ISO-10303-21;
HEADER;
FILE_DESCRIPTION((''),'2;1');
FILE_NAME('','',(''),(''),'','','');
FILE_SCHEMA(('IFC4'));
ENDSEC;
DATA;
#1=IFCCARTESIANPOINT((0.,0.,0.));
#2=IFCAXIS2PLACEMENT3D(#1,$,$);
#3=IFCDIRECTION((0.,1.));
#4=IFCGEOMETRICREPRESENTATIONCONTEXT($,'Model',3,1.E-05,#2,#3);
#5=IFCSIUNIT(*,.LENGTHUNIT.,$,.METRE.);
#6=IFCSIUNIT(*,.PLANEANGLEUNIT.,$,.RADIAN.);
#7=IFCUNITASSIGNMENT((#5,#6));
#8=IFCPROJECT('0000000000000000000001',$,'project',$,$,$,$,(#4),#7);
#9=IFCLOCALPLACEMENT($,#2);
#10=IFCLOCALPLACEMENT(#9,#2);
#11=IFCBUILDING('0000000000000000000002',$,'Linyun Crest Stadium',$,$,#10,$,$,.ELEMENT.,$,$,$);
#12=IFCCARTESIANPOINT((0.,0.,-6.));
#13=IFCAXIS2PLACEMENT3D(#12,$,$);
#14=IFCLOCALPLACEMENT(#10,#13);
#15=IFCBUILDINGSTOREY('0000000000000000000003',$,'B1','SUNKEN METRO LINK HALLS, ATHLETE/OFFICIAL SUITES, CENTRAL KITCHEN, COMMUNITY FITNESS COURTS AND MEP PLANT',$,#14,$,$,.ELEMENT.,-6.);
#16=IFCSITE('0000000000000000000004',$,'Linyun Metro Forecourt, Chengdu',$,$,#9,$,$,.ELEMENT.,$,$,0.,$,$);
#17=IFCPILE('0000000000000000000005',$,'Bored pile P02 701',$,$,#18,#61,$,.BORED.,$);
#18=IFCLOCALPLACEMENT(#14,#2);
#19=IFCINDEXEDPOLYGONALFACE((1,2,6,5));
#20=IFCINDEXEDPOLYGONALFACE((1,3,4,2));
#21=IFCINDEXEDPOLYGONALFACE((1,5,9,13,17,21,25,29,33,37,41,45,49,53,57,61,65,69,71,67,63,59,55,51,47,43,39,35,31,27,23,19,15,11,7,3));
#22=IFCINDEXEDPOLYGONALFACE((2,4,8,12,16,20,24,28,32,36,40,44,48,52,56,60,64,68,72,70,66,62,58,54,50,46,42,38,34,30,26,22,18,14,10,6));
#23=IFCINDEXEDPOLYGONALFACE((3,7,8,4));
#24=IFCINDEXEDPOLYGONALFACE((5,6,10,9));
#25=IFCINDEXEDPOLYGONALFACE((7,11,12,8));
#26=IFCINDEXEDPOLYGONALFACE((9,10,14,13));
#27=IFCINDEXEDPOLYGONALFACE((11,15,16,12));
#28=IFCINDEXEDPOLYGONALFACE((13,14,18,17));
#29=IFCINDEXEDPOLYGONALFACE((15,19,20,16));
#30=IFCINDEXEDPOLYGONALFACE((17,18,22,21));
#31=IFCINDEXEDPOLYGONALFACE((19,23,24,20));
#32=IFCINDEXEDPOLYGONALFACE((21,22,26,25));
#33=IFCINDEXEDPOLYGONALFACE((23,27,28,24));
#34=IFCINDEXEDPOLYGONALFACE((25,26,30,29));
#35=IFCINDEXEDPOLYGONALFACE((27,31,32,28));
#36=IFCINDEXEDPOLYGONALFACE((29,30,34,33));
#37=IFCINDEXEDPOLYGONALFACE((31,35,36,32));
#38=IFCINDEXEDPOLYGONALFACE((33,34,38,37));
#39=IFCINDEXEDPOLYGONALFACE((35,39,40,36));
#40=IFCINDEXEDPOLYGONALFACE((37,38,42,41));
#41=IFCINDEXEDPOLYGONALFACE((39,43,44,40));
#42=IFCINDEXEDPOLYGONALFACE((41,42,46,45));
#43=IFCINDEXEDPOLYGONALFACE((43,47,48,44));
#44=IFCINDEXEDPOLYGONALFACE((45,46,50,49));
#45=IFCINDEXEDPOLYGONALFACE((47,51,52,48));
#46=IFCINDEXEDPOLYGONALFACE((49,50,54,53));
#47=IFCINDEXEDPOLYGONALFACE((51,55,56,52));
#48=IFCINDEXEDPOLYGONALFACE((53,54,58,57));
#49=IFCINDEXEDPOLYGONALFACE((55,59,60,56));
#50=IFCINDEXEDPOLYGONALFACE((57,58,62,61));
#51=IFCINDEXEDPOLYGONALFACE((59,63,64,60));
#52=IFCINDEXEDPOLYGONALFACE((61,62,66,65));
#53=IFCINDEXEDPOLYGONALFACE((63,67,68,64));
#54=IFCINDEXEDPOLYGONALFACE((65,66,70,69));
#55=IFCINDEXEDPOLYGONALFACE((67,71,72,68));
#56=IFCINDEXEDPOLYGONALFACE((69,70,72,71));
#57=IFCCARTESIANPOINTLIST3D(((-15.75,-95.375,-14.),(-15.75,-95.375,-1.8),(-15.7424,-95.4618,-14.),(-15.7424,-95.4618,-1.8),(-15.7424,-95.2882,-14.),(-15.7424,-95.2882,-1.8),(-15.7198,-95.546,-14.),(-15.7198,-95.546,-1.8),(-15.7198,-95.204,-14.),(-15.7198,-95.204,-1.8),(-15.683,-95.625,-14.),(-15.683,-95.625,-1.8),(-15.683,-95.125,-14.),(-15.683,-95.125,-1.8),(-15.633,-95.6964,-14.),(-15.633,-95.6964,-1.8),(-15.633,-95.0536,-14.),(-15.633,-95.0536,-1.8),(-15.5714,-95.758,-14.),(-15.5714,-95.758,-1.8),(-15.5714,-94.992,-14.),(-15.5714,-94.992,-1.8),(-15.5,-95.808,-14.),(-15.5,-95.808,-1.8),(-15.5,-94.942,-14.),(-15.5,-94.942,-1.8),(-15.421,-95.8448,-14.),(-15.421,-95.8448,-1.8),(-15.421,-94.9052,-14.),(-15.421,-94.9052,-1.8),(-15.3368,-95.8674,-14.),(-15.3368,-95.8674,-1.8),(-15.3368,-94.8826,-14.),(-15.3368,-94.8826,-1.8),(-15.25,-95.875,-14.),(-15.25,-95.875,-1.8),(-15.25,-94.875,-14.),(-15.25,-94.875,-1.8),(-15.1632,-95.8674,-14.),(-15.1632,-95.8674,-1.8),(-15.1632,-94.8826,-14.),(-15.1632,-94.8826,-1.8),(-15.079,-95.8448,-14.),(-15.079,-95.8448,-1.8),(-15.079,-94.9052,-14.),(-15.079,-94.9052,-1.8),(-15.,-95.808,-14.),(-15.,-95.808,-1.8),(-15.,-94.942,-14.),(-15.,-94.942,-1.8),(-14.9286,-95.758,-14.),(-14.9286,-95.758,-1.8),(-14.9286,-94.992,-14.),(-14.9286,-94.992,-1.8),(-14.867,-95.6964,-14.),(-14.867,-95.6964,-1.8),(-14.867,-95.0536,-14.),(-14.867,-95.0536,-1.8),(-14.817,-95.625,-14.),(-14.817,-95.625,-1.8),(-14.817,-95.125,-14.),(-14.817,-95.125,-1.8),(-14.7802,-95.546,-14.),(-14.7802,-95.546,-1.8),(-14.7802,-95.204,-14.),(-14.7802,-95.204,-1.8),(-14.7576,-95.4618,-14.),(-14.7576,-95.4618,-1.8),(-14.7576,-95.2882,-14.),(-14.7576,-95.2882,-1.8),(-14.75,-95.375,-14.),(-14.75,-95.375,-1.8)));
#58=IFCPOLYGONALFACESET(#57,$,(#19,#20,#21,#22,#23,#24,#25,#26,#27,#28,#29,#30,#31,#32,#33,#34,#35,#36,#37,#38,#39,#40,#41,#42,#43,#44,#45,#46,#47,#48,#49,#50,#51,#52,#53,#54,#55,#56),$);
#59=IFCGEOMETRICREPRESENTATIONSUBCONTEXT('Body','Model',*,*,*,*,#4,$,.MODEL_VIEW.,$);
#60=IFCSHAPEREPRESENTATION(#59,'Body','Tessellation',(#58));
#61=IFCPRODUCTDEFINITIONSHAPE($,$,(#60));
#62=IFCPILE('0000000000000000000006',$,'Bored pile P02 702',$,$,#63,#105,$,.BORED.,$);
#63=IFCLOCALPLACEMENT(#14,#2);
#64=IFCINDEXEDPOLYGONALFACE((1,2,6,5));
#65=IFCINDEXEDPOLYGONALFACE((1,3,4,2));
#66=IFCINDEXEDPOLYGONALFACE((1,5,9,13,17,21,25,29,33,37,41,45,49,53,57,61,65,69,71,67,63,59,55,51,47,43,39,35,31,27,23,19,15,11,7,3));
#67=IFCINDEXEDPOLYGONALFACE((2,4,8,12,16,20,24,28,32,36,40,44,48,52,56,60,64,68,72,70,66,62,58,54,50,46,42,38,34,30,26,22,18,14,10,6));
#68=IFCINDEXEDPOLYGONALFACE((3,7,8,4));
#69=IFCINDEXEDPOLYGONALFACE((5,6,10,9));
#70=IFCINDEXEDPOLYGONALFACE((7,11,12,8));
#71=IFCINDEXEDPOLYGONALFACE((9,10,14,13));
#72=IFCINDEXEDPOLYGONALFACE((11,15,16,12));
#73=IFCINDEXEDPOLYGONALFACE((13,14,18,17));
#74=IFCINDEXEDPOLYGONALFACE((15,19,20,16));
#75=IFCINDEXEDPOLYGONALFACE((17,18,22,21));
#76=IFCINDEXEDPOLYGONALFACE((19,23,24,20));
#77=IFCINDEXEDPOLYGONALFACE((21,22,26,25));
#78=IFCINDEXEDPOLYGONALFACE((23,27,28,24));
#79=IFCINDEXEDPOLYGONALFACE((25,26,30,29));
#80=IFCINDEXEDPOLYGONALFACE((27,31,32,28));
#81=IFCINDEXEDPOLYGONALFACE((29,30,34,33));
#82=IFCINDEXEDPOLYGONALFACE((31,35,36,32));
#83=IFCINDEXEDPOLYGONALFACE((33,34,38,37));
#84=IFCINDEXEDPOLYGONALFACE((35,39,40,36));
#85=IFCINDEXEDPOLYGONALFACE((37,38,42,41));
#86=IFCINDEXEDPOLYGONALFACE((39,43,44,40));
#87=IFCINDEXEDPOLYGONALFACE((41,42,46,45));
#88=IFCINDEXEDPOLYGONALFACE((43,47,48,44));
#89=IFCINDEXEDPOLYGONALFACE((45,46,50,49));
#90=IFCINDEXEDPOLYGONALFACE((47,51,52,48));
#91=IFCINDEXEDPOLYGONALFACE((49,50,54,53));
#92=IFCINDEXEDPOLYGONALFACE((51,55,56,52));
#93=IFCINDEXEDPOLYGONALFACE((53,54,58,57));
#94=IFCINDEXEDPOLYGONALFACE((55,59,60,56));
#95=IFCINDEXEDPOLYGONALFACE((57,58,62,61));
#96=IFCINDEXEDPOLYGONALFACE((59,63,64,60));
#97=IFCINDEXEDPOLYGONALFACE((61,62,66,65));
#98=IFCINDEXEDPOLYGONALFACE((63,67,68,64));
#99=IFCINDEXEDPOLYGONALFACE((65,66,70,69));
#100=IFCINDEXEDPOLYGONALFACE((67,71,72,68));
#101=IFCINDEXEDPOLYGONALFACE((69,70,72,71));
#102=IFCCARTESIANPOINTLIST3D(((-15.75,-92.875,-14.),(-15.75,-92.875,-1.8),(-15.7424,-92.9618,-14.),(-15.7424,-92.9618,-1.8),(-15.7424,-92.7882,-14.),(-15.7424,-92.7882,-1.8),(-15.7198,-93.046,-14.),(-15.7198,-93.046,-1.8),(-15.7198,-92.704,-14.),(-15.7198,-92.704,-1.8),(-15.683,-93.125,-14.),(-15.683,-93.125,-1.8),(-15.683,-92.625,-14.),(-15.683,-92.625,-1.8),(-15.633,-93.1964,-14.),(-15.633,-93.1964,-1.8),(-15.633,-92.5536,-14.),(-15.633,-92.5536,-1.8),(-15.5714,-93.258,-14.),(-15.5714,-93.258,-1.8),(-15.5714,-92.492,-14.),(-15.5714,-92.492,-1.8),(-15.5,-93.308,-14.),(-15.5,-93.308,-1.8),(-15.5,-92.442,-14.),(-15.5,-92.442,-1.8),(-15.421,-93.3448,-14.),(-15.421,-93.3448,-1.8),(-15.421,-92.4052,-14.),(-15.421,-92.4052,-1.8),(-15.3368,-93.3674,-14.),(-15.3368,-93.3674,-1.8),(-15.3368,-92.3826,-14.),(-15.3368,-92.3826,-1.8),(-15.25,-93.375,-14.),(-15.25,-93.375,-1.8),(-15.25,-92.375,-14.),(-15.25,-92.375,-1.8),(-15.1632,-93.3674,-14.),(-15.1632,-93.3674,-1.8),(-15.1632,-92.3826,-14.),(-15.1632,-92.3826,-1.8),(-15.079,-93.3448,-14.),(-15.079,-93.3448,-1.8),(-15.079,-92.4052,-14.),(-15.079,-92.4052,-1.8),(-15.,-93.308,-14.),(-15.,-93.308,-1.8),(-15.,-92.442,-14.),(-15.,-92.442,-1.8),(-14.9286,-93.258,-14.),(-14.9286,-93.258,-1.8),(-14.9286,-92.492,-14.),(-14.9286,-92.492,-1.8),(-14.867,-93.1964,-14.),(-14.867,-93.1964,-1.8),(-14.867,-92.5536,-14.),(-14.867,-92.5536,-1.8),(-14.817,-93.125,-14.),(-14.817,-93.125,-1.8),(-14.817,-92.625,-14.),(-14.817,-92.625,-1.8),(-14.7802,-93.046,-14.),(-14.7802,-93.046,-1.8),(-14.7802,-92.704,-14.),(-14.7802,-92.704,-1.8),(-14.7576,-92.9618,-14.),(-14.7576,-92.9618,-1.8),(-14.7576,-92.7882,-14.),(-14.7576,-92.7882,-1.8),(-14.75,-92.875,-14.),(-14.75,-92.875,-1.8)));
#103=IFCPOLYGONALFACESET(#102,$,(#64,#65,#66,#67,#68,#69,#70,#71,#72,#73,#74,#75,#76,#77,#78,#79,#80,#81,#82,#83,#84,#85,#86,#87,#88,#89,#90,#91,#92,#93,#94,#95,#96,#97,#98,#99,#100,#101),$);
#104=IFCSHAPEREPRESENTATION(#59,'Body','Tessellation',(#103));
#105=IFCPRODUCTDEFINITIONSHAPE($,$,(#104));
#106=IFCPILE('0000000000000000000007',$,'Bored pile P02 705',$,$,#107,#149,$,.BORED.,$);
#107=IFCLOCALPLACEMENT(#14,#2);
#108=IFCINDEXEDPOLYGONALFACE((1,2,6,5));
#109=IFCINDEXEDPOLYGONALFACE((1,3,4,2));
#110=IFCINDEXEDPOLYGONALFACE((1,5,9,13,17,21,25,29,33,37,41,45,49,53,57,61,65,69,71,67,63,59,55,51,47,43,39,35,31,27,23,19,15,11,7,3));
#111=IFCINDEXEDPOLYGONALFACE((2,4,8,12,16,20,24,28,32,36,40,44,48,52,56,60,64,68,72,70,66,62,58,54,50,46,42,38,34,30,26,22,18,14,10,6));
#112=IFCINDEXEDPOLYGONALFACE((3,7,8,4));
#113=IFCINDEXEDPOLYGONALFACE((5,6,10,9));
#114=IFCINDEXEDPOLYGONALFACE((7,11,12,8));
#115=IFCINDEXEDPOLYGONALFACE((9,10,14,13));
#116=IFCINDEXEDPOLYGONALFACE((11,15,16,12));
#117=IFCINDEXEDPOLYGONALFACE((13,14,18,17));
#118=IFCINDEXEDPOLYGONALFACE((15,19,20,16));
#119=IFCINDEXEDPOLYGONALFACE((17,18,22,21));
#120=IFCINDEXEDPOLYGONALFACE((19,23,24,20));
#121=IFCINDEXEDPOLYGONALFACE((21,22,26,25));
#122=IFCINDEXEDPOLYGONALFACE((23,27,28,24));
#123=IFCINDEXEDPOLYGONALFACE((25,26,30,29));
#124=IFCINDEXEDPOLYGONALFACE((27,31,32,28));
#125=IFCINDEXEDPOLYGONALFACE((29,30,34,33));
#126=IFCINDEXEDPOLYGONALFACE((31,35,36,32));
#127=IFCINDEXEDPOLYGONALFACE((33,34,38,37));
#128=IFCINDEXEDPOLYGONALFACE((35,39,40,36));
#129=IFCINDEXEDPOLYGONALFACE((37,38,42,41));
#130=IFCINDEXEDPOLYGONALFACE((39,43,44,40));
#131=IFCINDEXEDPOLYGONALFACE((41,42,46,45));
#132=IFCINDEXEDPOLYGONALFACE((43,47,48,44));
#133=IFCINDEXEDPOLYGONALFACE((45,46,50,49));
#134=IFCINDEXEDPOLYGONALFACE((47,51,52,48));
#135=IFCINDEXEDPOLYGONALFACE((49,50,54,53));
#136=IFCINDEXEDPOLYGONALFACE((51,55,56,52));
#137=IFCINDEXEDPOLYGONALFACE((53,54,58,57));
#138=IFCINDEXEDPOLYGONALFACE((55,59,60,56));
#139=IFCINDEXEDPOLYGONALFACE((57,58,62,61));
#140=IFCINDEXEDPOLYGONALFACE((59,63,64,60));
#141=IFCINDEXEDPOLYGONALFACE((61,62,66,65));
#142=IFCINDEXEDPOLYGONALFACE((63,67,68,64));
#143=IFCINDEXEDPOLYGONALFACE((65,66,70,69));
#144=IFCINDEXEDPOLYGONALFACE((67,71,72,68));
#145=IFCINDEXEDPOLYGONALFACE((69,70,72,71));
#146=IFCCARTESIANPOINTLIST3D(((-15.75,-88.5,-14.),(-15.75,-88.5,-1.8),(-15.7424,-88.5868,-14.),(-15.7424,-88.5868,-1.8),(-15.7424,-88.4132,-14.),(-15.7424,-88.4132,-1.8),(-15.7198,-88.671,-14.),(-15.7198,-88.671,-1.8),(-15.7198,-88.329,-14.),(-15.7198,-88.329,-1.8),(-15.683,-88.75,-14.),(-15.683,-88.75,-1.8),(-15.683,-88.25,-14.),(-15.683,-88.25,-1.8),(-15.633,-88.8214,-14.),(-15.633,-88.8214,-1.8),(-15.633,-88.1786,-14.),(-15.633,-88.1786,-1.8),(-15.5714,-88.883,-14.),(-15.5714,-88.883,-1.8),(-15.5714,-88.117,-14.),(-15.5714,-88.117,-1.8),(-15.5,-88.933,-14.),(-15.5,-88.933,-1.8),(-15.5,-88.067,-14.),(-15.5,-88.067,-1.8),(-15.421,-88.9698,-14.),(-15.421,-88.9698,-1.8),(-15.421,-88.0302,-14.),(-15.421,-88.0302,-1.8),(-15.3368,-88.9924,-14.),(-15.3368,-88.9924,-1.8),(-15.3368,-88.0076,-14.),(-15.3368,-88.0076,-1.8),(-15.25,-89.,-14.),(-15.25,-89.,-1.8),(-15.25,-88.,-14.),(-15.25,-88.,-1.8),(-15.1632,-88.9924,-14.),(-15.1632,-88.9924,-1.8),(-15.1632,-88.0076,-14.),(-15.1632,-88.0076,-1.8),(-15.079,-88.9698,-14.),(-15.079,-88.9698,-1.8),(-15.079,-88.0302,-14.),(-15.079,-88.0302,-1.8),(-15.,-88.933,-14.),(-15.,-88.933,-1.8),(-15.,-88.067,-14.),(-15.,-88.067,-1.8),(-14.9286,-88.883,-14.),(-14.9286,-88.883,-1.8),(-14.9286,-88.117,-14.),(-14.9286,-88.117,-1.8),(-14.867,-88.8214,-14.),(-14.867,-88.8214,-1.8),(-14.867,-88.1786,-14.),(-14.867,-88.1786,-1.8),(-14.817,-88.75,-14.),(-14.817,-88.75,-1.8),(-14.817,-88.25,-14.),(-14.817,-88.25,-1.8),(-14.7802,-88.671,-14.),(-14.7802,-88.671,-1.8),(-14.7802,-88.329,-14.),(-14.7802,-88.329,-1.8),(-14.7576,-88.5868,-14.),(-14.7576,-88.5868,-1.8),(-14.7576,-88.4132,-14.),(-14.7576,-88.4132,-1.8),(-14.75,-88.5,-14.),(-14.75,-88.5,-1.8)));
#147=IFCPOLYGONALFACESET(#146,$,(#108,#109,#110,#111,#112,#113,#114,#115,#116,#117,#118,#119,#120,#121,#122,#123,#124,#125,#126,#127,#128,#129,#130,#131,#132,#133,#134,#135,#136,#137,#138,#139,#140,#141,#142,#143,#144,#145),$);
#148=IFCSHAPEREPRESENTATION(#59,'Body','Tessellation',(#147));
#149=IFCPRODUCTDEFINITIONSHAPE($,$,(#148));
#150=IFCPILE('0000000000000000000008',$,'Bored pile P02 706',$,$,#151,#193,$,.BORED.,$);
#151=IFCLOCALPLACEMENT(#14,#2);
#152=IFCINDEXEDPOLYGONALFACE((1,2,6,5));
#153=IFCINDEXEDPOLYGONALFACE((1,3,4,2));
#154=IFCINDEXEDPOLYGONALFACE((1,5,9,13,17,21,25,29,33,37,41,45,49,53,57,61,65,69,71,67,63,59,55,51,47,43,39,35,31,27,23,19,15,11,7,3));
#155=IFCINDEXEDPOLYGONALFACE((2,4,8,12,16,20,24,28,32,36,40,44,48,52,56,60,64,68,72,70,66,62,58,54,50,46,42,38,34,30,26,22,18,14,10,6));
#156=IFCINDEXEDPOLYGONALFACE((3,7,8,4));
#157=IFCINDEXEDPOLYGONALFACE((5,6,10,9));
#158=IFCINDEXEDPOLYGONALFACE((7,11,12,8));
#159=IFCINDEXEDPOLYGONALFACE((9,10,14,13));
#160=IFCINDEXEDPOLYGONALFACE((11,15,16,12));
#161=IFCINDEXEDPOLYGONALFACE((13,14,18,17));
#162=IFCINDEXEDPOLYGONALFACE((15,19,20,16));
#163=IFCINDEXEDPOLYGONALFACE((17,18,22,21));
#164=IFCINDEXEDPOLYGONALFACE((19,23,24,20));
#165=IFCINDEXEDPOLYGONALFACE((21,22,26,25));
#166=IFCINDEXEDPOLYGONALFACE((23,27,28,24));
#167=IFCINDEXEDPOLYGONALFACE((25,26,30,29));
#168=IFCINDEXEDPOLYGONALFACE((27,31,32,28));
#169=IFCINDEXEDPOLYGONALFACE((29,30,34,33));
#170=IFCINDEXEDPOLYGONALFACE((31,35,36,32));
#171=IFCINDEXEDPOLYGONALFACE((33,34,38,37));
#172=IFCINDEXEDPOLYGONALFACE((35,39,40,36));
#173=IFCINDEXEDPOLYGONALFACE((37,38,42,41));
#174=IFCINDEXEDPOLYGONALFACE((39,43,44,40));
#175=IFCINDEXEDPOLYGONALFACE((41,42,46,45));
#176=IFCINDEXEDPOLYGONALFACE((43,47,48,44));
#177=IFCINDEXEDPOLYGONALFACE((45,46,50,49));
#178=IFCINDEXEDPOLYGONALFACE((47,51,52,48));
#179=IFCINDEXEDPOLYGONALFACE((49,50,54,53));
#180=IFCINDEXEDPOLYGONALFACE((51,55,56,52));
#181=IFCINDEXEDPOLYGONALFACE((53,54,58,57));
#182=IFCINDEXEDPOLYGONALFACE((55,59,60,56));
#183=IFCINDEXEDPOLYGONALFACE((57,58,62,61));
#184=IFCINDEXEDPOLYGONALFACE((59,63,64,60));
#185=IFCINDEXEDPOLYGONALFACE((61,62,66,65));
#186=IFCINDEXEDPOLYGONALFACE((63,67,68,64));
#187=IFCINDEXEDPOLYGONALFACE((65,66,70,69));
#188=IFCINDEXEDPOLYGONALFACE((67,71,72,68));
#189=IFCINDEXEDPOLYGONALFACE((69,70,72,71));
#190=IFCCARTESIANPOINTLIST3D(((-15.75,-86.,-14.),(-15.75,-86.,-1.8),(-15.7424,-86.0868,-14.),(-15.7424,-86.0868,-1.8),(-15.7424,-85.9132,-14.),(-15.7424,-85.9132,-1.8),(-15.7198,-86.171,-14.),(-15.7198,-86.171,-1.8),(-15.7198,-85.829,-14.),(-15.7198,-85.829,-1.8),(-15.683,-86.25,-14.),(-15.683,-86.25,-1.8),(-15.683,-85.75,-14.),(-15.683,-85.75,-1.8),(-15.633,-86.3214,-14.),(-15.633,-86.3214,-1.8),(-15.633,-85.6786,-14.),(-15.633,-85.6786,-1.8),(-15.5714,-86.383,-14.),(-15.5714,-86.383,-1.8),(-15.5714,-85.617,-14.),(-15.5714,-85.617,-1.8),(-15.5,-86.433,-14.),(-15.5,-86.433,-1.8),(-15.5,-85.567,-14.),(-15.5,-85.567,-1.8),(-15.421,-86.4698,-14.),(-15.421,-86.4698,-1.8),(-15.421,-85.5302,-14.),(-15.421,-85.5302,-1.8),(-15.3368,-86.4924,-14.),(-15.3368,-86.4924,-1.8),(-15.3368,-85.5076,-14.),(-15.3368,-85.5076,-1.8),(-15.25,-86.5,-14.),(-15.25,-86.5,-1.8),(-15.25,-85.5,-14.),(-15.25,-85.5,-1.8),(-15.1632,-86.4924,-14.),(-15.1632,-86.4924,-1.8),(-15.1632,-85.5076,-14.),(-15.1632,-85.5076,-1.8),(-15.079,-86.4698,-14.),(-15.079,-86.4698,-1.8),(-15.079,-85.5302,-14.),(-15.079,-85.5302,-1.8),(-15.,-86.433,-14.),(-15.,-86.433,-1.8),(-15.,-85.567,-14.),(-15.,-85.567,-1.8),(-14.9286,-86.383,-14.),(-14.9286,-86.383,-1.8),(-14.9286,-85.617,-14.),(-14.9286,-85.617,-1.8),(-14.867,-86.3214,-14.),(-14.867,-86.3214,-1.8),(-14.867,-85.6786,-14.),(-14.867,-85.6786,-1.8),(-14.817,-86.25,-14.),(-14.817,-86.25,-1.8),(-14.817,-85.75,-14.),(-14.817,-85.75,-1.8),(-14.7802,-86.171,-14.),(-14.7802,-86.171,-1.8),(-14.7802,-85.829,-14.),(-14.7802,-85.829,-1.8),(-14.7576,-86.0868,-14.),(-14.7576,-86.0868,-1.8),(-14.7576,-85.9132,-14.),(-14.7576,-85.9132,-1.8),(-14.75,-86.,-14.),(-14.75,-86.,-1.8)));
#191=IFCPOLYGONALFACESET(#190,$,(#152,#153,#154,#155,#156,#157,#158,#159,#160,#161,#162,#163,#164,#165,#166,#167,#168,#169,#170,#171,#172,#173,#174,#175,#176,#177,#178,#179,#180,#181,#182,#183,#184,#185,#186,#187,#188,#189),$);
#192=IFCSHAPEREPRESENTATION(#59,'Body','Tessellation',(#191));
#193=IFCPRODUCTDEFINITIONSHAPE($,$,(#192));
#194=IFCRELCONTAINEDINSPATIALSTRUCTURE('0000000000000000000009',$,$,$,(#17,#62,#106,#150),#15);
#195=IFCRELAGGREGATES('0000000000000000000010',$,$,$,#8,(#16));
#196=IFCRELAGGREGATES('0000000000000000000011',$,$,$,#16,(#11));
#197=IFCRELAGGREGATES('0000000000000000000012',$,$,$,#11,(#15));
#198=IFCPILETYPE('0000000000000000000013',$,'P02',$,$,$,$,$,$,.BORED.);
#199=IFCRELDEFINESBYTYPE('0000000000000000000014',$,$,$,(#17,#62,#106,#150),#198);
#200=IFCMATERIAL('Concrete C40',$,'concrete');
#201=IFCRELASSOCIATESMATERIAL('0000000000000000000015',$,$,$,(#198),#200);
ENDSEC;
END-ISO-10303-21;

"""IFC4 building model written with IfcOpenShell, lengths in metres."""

from ifc_helpers import new_model, si_unit, direction, frame, origin, origin_2d, place, context, subcontext, project, spatial, circle, extrude, material, material_profile, profile_set, type_object, element, save


model = new_model("IFC4")

# Units and contexts
model_context = context("Model", 3, precision=1e-05, world=origin(), true_north=direction((0.0, 1.0)))
body_context = subcontext(model_context, "Body", "Model", "MODEL_VIEW")
ifc_project = project(units=[si_unit("LENGTHUNIT", "METRE"), si_unit("PLANEANGLEUNIT", "RADIAN")], contexts=[model_context])

# Site, building, storey
site_placement = place(None, origin())
site = spatial("IfcSite", under=ifc_project, at=site_placement, Name="Linyun Metro Forecourt, Chengdu", CompositionType="ELEMENT", RefElevation=0.0)
building_placement = place(site_placement, origin())
building = spatial("IfcBuilding", under=site, at=building_placement, Name="Linyun Crest Stadium", CompositionType="ELEMENT")
storey_placement = place(building_placement, frame((0.0, 0.0, -6.0)))
storey = spatial("IfcBuildingStorey", under=building, at=storey_placement, Name="B1", Description="SUNKEN METRO LINK HALLS, ATHLETE/OFFICIAL SUITES, CENTRAL KITCHEN, COMMUNITY FITNESS COURTS AND MEP PLANT", CompositionType="ELEMENT", Elevation=-6.0)

# Piles
ifc_material_1 = material(Name="Concrete C40", Category="concrete")
ifc_material_profile_1 = material_profile(ifc_material_1, circle(Radius=0.5, at=origin_2d()), Name="BORED PILE 1000")
ifc_profile_set_1 = profile_set([ifc_material_profile_1], Name="Concrete C40")
pile_type = type_object("IfcPileType", Name="P02", PredefinedType="BORED", material=ifc_profile_set_1)
for number, where, z_axis, x_axis, name in (
    (1, (-15.25, -95.375, -1.8), (0.0, 0.0, -1.0), (1.0, 0.0, 0.0), "Bored pile P02 701"),
    (2, (-15.25, -92.875, -1.8), (0.0, 0.0, -1.0), (1.0, 0.0, 0.0), "Bored pile P02 702"),
    (3, (-15.25, -88.5, -1.8), (0.0, 0.0, -1.0), (1.0, 0.0, 0.0), "Bored pile P02 705"),
    (4, (-15.25, -86.0, -1.8), (0.0, 0.0, -1.0), (1.0, 0.0, 0.0), "Bored pile P02 706"),
):
    element("IfcPile", number, at=place(storey_placement, frame(where, z_axis=z_axis, x_axis=x_axis)), inside=storey, type_object=pile_type, Name=name, PredefinedType="BORED", context=body_context, shape_type="SweptSolid", body=[
        extrude(circle(Radius=0.5, at=origin_2d()), origin(), (0.0, 0.0, 1.0), 12.2),
    ])

save(model, "model.ifc")
